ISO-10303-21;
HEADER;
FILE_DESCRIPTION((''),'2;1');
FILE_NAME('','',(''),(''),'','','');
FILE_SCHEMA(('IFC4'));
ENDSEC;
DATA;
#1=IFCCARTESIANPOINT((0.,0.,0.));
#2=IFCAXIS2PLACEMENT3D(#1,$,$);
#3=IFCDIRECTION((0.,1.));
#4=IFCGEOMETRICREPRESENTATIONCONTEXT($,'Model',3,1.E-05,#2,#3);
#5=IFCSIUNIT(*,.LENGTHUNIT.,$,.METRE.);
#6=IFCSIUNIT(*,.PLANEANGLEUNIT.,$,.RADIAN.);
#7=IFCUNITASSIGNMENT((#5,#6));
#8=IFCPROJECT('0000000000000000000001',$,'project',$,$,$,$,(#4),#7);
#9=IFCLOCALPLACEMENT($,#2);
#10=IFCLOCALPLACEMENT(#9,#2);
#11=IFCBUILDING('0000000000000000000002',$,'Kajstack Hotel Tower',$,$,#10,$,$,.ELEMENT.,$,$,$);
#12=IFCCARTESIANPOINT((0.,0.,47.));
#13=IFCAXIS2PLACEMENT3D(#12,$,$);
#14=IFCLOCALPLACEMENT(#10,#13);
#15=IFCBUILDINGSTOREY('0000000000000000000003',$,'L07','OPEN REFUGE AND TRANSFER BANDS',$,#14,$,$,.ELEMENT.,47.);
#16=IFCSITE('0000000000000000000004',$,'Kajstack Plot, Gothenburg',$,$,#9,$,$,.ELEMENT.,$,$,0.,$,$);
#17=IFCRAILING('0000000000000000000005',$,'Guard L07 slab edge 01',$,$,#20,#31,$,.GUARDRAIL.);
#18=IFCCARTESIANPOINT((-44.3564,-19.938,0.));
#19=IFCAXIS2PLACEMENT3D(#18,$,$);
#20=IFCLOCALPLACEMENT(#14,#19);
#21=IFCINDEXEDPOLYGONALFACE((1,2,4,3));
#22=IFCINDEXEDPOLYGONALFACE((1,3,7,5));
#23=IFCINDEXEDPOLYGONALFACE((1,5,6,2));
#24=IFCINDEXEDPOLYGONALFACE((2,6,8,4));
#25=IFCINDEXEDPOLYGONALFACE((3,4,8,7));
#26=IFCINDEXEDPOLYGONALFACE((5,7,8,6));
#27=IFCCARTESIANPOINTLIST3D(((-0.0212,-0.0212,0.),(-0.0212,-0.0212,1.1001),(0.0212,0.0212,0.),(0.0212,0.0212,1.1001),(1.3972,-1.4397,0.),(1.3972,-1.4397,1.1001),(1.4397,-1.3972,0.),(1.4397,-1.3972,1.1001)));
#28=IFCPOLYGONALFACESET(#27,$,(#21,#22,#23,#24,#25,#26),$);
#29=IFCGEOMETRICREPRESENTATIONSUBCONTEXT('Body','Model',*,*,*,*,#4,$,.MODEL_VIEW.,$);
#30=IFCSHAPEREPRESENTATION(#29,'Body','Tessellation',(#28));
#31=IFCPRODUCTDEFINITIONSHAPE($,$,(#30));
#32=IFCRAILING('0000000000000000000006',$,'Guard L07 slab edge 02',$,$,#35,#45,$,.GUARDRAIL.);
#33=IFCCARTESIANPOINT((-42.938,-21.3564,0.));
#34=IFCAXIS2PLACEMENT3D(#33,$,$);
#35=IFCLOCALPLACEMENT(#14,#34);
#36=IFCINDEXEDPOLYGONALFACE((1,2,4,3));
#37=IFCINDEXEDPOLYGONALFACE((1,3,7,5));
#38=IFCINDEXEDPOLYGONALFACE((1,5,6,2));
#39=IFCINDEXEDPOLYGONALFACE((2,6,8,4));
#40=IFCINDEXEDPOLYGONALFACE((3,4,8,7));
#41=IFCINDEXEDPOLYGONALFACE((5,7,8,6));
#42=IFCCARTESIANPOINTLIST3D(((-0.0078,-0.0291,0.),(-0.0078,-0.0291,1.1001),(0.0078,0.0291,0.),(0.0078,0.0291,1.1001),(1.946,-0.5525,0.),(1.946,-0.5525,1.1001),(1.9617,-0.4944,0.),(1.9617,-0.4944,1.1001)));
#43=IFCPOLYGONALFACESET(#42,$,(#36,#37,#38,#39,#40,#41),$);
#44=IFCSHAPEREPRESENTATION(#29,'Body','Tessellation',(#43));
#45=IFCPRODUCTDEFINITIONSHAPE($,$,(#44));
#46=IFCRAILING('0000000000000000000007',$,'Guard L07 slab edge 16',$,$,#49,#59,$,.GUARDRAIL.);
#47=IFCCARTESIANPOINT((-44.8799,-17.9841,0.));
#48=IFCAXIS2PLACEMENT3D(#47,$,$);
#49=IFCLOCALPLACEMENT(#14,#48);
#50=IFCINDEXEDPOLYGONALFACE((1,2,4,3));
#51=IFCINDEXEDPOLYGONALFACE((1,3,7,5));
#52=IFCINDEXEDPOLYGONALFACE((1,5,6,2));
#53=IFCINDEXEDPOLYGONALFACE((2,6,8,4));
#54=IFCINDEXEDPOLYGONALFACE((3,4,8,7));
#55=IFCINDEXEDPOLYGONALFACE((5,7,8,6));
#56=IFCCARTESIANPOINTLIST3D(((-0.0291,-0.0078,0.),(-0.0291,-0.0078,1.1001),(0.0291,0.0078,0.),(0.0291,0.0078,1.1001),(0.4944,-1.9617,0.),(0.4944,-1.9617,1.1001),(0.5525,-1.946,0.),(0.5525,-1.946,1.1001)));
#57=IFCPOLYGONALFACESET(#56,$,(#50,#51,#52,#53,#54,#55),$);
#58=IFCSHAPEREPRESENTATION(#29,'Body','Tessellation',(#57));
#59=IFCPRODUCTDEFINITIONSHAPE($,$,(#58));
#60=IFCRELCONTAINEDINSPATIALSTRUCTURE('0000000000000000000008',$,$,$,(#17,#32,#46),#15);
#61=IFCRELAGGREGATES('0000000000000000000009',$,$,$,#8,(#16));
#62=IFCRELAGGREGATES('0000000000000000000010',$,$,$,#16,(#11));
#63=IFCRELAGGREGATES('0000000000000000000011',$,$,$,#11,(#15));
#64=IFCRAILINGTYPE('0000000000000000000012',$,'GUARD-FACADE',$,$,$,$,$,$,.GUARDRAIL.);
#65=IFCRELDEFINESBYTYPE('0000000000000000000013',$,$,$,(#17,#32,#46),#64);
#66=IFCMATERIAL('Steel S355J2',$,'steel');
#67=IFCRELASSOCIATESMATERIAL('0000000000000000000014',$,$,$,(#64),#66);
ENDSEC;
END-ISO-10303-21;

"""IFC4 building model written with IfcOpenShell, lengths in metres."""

from ifc_helpers import new_model, si_unit, direction, frame, origin, place, context, subcontext, project, spatial, polyline, outline, extrude, material, type_object, element, save


model = new_model("IFC4")

# Units and contexts
model_context = context("Model", 3, precision=1e-05, world=origin(), true_north=direction((0.0, 1.0)))
body_context = subcontext(model_context, "Body", "Model", "MODEL_VIEW")
ifc_project = project(units=[si_unit("LENGTHUNIT", "METRE"), si_unit("PLANEANGLEUNIT", "RADIAN")], contexts=[model_context])

# Site, building, storey
site_placement = place(None, origin())
site = spatial("IfcSite", under=ifc_project, at=site_placement, Name="Kajstack Plot, Gothenburg", CompositionType="ELEMENT", RefElevation=0.0)
building_placement = place(site_placement, origin())
building = spatial("IfcBuilding", under=site, at=building_placement, Name="Kajstack Hotel Tower", CompositionType="ELEMENT")
storey_placement = place(building_placement, frame((0.0, 0.0, 47.0)))
storey = spatial("IfcBuildingStorey", under=building, at=storey_placement, Name="L07", Description="OPEN REFUGE AND TRANSFER BANDS", CompositionType="ELEMENT", Elevation=47.0)

# Railings
ifc_material_1 = material(Name="Steel S355J2", Category="steel")
railing_type_1 = type_object("IfcRailingType", Name="GUARD-FACADE", PredefinedType="GUARDRAIL", material=ifc_material_1)
railing_1_placement = place(storey_placement, frame((-44.3564, -19.938, 0.0)))
element("IfcRailing", 1, at=railing_1_placement, inside=storey, type_object=railing_type_1, Name="Guard L07 slab edge 01", PredefinedType="GUARDRAIL", context=body_context, shape_type="SweptSolid", body=[
    extrude(outline(polyline([(1.4397, -1.3972), (1.3972, -1.4397), (-0.0212, -0.0212), (0.0212, 0.0212), (1.4397, -1.3972)])), origin(), (0.0, 0.0, 1.0), 1.1001),
])
railing_2_placement = place(storey_placement, frame((-42.938, -21.3564, 0.0)))
element("IfcRailing", 2, at=railing_2_placement, inside=storey, type_object=railing_type_1, Name="Guard L07 slab edge 02", PredefinedType="GUARDRAIL", context=body_context, shape_type="SweptSolid", body=[
    extrude(outline(polyline([(1.9617, -0.4944), (1.946, -0.5525), (-0.0078, -0.0291), (0.0078, 0.0291), (1.9617, -0.4944)])), origin(), (0.0, 0.0, 1.0), 1.1001),
])
railing_3_placement = place(storey_placement, frame((-44.8799, -17.9841, 0.0)))
element("IfcRailing", 3, at=railing_3_placement, inside=storey, type_object=railing_type_1, Name="Guard L07 slab edge 16", PredefinedType="GUARDRAIL", context=body_context, shape_type="SweptSolid", body=[
    extrude(outline(polyline([(0.5525, -1.946), (0.4944, -1.9617), (-0.0291, -0.0078), (0.0291, 0.0078), (0.5525, -1.946)])), origin(), (0.0, 0.0, 1.0), 1.1001),
])

save(model, "model.ifc")
